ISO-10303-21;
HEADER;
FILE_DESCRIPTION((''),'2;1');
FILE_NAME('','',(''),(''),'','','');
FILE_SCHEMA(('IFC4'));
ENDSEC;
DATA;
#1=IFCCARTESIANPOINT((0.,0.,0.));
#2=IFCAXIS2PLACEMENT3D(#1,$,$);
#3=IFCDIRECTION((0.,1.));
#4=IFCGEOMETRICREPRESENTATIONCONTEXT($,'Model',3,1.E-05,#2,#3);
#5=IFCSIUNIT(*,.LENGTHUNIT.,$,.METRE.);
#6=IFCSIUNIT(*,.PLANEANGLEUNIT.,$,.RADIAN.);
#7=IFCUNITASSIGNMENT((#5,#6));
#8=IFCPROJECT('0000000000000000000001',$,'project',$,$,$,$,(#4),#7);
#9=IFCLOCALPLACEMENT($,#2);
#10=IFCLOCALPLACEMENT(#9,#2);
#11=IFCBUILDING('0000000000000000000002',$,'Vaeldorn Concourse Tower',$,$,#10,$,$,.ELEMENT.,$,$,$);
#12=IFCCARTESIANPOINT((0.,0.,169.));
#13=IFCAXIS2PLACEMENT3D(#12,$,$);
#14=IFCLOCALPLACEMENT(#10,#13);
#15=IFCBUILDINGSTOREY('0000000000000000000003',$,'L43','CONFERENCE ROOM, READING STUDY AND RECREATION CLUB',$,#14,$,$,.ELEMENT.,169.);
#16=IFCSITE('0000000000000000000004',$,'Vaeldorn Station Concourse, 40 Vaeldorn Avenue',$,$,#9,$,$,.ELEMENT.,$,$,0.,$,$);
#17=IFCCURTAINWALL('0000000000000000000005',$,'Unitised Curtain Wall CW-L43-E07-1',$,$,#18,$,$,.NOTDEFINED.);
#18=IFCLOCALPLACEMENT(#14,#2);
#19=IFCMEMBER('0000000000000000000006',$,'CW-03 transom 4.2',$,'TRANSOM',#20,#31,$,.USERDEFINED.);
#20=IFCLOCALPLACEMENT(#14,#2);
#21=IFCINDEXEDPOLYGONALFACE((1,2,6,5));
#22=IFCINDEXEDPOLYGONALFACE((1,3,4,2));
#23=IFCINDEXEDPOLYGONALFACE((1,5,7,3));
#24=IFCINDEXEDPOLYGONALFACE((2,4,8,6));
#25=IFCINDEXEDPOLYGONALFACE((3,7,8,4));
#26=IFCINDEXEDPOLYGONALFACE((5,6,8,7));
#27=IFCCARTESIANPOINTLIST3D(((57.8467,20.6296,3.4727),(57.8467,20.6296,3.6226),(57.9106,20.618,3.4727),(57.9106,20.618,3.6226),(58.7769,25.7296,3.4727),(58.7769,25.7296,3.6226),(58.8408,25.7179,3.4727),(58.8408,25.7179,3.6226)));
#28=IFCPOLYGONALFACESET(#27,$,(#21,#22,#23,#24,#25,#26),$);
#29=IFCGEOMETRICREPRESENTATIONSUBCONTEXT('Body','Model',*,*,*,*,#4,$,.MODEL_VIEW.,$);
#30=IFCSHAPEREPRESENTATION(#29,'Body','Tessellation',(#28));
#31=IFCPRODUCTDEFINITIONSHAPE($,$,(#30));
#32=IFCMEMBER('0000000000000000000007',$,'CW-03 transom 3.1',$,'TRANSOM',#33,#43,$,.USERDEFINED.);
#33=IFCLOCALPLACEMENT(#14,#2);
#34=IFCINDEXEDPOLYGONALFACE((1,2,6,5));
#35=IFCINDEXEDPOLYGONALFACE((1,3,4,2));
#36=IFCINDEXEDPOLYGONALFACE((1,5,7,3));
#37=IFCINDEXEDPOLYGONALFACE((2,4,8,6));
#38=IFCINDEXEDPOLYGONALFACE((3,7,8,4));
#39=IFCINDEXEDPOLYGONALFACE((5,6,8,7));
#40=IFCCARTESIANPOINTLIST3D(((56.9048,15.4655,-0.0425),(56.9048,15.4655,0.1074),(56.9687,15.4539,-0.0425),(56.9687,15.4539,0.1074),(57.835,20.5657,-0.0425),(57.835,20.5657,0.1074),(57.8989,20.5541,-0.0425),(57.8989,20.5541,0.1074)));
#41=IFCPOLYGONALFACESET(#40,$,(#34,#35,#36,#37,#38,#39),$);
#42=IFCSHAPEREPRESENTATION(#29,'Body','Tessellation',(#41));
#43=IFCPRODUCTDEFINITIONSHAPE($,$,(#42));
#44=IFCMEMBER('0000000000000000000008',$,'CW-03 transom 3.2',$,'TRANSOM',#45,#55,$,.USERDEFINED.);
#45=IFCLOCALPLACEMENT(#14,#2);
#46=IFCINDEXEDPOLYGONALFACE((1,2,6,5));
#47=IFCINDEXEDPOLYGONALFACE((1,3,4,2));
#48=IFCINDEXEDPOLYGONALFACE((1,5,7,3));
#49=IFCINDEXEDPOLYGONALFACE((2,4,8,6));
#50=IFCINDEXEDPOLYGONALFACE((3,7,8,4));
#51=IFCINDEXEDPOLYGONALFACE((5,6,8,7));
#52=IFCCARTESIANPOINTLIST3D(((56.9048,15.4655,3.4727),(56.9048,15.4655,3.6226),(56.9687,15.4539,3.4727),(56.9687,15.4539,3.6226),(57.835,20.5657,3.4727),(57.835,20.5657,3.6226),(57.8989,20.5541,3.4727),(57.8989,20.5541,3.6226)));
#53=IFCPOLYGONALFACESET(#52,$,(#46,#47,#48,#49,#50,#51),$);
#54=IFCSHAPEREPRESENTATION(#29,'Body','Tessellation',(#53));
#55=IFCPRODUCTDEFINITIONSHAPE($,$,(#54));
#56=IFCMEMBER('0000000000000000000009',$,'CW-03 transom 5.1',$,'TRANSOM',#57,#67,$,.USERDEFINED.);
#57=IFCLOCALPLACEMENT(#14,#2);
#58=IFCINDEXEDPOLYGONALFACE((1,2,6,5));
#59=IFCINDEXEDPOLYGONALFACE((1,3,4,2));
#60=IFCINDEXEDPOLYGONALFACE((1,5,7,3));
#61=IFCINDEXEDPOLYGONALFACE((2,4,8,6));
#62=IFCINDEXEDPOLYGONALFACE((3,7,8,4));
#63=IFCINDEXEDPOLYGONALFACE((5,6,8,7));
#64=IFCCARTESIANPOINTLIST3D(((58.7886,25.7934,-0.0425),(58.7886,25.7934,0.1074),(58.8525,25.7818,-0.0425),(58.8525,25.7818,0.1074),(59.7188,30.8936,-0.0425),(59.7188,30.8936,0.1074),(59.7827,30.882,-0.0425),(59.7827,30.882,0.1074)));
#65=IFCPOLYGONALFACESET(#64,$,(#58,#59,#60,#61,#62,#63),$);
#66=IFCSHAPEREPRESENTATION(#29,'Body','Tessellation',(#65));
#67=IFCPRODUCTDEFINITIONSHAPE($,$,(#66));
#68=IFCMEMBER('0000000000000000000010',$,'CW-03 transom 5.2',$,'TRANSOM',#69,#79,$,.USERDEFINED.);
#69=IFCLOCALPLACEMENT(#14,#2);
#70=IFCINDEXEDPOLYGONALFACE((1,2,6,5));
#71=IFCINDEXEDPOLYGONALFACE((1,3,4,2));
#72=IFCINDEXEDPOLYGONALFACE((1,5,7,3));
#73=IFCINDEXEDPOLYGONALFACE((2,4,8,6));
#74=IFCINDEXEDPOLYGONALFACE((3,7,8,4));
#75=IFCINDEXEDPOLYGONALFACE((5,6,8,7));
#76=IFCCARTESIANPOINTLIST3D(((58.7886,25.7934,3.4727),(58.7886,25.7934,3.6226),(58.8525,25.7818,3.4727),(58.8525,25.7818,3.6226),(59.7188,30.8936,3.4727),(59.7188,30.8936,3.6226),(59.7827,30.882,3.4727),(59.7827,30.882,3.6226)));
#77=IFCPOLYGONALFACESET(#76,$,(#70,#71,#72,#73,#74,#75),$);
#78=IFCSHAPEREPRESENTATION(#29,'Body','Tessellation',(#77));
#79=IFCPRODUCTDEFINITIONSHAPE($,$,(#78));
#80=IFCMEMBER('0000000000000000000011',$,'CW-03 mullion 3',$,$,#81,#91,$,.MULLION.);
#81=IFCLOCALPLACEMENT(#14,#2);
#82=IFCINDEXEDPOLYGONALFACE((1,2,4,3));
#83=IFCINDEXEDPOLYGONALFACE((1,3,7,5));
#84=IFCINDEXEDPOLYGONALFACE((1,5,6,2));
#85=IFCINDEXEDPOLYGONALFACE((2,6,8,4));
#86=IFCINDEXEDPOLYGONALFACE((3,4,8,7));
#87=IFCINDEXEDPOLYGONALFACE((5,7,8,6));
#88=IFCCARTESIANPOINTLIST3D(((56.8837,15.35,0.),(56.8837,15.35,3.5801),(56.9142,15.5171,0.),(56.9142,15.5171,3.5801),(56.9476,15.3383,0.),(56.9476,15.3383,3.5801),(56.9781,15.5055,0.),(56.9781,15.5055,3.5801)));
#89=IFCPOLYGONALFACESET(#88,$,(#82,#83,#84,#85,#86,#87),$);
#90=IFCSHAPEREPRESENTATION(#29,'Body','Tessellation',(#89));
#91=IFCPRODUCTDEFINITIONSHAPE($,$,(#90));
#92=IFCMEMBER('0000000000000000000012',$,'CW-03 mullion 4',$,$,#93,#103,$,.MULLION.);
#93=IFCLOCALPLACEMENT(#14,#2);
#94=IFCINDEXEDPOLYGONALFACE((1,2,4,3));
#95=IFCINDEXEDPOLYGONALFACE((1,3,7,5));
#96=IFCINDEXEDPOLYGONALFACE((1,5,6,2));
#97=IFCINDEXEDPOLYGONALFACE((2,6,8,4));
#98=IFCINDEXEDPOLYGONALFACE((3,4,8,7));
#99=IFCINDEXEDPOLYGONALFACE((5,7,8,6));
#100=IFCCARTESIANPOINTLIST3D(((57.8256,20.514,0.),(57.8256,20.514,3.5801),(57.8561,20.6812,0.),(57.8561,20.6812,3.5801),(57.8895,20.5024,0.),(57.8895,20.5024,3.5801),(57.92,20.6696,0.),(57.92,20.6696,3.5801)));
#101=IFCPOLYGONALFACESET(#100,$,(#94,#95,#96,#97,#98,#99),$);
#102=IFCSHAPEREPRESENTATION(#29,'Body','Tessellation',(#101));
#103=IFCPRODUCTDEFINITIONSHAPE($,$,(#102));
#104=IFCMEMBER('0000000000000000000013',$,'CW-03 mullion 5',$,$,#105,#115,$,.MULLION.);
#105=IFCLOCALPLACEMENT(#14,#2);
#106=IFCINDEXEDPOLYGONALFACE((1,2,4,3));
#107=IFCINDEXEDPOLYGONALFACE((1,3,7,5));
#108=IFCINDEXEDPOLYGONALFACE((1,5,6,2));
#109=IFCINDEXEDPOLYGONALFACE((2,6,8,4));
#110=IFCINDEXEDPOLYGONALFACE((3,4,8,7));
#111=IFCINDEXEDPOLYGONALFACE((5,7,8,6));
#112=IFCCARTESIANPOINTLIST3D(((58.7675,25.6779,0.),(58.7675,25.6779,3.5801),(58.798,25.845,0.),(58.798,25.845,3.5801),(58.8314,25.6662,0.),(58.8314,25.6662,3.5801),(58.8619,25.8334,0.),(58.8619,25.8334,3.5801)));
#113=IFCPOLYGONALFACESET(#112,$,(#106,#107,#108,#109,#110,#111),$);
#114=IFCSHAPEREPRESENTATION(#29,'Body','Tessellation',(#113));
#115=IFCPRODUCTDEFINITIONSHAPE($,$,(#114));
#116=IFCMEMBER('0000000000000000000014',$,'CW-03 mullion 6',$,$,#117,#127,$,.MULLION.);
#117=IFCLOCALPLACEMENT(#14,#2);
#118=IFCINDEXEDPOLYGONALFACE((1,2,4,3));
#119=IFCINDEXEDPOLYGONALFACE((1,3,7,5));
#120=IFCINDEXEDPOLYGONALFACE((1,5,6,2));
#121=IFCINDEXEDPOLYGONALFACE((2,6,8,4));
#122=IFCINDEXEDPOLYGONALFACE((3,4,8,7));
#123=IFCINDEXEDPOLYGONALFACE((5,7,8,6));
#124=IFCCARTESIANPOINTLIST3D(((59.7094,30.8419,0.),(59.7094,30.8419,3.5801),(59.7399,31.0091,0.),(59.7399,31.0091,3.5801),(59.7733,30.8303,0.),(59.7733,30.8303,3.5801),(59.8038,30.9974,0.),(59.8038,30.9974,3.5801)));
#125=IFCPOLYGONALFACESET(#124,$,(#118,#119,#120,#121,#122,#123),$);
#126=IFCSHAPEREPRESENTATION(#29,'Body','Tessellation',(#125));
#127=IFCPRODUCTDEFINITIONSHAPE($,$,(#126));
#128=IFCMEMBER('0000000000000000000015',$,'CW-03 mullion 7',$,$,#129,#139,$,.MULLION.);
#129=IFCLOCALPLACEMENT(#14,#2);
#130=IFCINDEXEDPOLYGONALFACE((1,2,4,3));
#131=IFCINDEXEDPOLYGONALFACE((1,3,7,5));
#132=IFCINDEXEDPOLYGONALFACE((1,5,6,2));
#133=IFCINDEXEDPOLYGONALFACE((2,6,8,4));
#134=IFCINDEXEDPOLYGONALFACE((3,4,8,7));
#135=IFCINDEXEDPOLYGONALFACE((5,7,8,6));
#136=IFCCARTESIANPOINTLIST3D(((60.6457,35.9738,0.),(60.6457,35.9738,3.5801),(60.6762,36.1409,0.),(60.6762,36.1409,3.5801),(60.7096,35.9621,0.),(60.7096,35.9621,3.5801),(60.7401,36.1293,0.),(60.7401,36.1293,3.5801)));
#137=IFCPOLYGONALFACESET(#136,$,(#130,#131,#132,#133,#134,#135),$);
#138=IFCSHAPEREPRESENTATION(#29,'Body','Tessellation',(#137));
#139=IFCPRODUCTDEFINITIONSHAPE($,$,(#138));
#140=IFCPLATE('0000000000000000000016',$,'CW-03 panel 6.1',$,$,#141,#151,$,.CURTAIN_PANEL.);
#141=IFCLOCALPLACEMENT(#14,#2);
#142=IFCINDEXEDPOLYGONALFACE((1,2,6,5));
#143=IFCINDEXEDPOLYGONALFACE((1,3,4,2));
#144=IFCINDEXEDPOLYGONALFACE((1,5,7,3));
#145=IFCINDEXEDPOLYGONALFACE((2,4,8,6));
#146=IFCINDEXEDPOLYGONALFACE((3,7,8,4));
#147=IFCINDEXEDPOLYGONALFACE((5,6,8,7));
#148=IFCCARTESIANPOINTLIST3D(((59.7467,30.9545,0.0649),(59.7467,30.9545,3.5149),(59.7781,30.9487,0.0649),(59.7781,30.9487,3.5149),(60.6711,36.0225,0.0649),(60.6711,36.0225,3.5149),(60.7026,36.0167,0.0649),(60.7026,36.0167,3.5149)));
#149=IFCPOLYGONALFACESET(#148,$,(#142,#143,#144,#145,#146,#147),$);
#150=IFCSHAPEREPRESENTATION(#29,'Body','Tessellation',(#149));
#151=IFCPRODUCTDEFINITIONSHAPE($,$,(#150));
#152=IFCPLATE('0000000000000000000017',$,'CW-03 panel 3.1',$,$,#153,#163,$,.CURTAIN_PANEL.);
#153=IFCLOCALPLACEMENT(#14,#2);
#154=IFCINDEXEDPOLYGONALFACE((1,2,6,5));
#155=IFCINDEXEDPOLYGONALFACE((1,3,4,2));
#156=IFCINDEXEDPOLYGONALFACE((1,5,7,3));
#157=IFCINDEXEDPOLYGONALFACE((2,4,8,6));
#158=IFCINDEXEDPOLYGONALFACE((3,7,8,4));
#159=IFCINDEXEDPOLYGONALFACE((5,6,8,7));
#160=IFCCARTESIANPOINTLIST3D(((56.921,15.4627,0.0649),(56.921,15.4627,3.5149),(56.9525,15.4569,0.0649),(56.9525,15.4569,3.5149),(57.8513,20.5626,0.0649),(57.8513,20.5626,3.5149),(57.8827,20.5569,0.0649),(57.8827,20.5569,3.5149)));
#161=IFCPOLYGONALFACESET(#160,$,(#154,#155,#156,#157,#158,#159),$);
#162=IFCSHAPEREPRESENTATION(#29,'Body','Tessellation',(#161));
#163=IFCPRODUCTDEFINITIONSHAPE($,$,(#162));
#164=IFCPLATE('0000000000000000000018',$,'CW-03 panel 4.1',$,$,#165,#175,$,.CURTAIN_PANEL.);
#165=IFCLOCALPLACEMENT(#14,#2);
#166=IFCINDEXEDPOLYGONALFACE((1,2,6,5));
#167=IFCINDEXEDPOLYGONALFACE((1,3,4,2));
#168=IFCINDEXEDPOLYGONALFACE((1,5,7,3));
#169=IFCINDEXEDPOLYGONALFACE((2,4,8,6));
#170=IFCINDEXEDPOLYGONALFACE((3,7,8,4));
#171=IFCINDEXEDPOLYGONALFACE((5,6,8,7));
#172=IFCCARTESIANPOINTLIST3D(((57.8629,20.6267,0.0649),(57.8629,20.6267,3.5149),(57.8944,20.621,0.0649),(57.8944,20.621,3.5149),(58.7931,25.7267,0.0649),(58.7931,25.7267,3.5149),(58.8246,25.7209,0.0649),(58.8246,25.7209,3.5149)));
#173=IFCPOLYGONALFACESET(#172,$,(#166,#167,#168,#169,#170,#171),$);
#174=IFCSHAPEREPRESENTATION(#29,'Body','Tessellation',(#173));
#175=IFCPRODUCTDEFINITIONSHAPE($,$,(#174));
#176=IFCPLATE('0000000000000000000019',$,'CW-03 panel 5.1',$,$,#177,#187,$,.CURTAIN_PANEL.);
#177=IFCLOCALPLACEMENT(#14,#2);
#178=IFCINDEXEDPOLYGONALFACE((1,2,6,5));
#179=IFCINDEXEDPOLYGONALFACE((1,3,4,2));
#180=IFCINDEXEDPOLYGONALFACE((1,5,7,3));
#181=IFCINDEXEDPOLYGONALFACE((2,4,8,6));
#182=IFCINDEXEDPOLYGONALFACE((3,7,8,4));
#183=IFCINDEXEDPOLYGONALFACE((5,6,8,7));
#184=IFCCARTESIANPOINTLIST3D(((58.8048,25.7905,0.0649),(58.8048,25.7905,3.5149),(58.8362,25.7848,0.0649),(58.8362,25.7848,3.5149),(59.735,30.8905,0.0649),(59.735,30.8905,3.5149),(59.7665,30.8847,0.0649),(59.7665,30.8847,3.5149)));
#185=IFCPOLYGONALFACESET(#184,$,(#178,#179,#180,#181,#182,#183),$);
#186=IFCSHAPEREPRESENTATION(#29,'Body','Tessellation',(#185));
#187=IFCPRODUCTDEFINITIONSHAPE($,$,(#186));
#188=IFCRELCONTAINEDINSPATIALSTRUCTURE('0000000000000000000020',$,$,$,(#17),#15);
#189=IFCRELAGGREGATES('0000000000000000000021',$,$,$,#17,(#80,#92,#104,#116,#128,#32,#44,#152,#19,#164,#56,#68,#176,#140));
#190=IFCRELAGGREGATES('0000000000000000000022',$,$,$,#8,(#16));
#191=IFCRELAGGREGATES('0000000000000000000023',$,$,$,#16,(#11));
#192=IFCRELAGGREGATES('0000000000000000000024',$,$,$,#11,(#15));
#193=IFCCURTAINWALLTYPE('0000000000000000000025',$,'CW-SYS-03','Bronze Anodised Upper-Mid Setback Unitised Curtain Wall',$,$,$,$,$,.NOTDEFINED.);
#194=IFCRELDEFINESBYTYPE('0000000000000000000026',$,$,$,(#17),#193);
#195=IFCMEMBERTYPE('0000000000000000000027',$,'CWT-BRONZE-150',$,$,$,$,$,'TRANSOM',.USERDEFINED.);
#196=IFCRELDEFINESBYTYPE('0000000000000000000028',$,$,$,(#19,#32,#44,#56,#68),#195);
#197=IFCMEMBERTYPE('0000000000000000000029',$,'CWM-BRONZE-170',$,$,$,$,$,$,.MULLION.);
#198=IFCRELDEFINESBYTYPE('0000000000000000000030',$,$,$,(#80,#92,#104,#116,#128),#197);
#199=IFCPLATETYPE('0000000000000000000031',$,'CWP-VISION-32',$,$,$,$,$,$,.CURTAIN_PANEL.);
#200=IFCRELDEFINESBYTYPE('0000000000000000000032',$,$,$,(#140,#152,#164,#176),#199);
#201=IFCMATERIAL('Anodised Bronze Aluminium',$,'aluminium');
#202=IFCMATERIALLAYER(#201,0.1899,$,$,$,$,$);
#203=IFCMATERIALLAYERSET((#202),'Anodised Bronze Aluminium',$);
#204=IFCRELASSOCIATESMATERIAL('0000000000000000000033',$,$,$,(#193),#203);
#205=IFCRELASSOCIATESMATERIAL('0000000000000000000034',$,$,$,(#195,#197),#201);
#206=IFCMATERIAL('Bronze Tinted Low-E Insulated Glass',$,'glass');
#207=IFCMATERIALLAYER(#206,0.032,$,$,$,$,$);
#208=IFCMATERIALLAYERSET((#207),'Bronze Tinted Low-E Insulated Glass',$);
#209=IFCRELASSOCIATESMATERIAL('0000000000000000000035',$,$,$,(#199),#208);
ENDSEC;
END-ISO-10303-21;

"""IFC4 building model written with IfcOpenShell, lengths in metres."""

from ifc_helpers import new_model, si_unit, direction, frame, origin, origin_2d, place, context, subcontext, project, spatial, rectangle, extrude, source, transform, mapped, material, layer, layer_set, material_profile, profile_set, type_object, element, aggregate, save


model = new_model("IFC4")

# Units and contexts
model_context = context("Model", 3, precision=1e-05, world=origin(), true_north=direction((0.0, 1.0)))
body_context = subcontext(model_context, "Body", "Model", "MODEL_VIEW")
ifc_project = project(units=[si_unit("LENGTHUNIT", "METRE"), si_unit("PLANEANGLEUNIT", "RADIAN")], contexts=[model_context])

# Site, building, storey
site_placement = place(None, origin())
site = spatial("IfcSite", under=ifc_project, at=site_placement, Name="Vaeldorn Station Concourse, 40 Vaeldorn Avenue", CompositionType="ELEMENT", RefElevation=0.0)
building_placement = place(site_placement, origin())
building = spatial("IfcBuilding", under=site, at=building_placement, Name="Vaeldorn Concourse Tower", CompositionType="ELEMENT")
storey_placement = place(building_placement, frame((0.0, 0.0, 169.0)))
storey = spatial("IfcBuildingStorey", under=building, at=storey_placement, Name="L43", Description="CONFERENCE ROOM, READING STUDY AND RECREATION CLUB", CompositionType="ELEMENT", Elevation=169.0)

# Curtain wall, members, plates
ifc_material_1 = material(Name="Anodised Bronze Aluminium", Category="aluminium")
ifc_layer_1 = layer(ifc_material_1, 0.1899)
ifc_layer_set_1 = layer_set([ifc_layer_1], Name="Anodised Bronze Aluminium")
curtain_wall_type = type_object("IfcCurtainWallType", Name="CW-SYS-03", Description="Bronze Anodised Upper-Mid Setback Unitised Curtain Wall", PredefinedType="NOTDEFINED", material=ifc_layer_set_1)
curtain_wall_placement = place(storey_placement, origin())
curtain_wall = element("IfcCurtainWall", 1, at=curtain_wall_placement, inside=storey, type_object=curtain_wall_type, Name="Unitised Curtain Wall CW-L43-E07-1", PredefinedType="NOTDEFINED")
ifc_material_profile_1 = material_profile(ifc_material_1, rectangle(XDim=0.0649, YDim=0.1499, at=origin_2d()), Name="CWT 65x150")
ifc_profile_set_1 = profile_set([ifc_material_profile_1], Name="Anodised Bronze Aluminium")
member_type_1 = type_object("IfcMemberType", Name="CWT-BRONZE-150", ElementType="TRANSOM", PredefinedType="USERDEFINED", material=ifc_profile_set_1)
shared_shape_1 = source(origin(), body_context, "Body", "SweptSolid", [
    extrude(rectangle(XDim=0.0649, YDim=0.1499, at=origin_2d()), origin(), (0.0, 0.0, 1.0), 5.1841),
])
member_1_placement = place(storey_placement, frame((57.8787, 20.6238, 3.5476), z_axis=(0.179432, 0.98377, 0.0), x_axis=(-0.98377, 0.179432, 0.0)))
member_1 = element("IfcMember", 2, at=member_1_placement, type_object=member_type_1, Name="CW-03 transom 4.2", ObjectType="TRANSOM", PredefinedType="USERDEFINED", context=body_context, shape_type="MappedRepresentation", body=[
    mapped(shared_shape_1, transform((0.0, 0.0, 0.0), scale=1.0)),
])
shared_shape_2 = source(origin(), body_context, "Body", "SweptSolid", [
    extrude(rectangle(XDim=0.0649, YDim=0.1499, at=origin_2d()), origin(), (0.0, 0.0, 1.0), 5.1843),
])
member_2_placement = place(storey_placement, frame((56.9368, 15.4597, 0.0325), z_axis=(0.179424, 0.983772, 0.0), x_axis=(-0.983772, 0.179424, 0.0)))
member_2 = element("IfcMember", 3, at=member_2_placement, type_object=member_type_1, Name="CW-03 transom 3.1", ObjectType="TRANSOM", PredefinedType="USERDEFINED", context=body_context, shape_type="MappedRepresentation", body=[
    mapped(shared_shape_2, transform((0.0, 0.0, 0.0), scale=1.0)),
])
member_3_placement = place(storey_placement, frame((56.9368, 15.4597, 3.5476), z_axis=(0.179424, 0.983772, 0.0), x_axis=(-0.983772, 0.179424, 0.0)))
member_3 = element("IfcMember", 4, at=member_3_placement, type_object=member_type_1, Name="CW-03 transom 3.2", ObjectType="TRANSOM", PredefinedType="USERDEFINED", context=body_context, shape_type="MappedRepresentation", body=[
    mapped(shared_shape_2, transform((0.0, 0.0, 0.0), scale=1.0)),
])
member_4_placement = place(storey_placement, frame((58.8206, 25.7876, 0.0325), z_axis=(0.179424, 0.983772, 0.0), x_axis=(-0.983772, 0.179424, 0.0)))
member_4 = element("IfcMember", 5, at=member_4_placement, type_object=member_type_1, Name="CW-03 transom 5.1", ObjectType="TRANSOM", PredefinedType="USERDEFINED", context=body_context, shape_type="MappedRepresentation", body=[
    mapped(shared_shape_2, transform((0.0, 0.0, 0.0), scale=1.0)),
])
member_5_placement = place(storey_placement, frame((58.8206, 25.7876, 3.5476), z_axis=(0.179424, 0.983772, 0.0), x_axis=(-0.983772, 0.179424, 0.0)))
member_5 = element("IfcMember", 6, at=member_5_placement, type_object=member_type_1, Name="CW-03 transom 5.2", ObjectType="TRANSOM", PredefinedType="USERDEFINED", context=body_context, shape_type="MappedRepresentation", body=[
    mapped(shared_shape_2, transform((0.0, 0.0, 0.0), scale=1.0)),
])
ifc_material_profile_2 = material_profile(ifc_material_1, rectangle(XDim=0.0649, YDim=0.1699, at=origin_2d()), Name="CWM 65x170")
ifc_profile_set_2 = profile_set([ifc_material_profile_2], Name="Anodised Bronze Aluminium")
member_type_2 = type_object("IfcMemberType", Name="CWM-BRONZE-170", PredefinedType="MULLION", material=ifc_profile_set_2)
shared_shape_3 = source(origin(), body_context, "Body", "SweptSolid", [
    extrude(rectangle(XDim=0.0649, YDim=0.1699, at=origin_2d()), origin(), (0.0, 0.0, 1.0), 3.5801),
])
member_6_placement = place(storey_placement, frame((56.9309, 15.4277, 0.0), z_axis=(0.0, 0.0, 1.0), x_axis=(-0.983768, 0.179446, 0.0)))
member_6 = element("IfcMember", 7, at=member_6_placement, type_object=member_type_2, Name="CW-03 mullion 3", PredefinedType="MULLION", context=body_context, shape_type="MappedRepresentation", body=[
    mapped(shared_shape_3, transform((0.0, 0.0, 0.0), scale=1.0)),
])
member_7_placement = place(storey_placement, frame((57.8728, 20.5918, 0.0), z_axis=(0.0, 0.0, 1.0), x_axis=(-0.983768, 0.179446, 0.0)))
member_7 = element("IfcMember", 8, at=member_7_placement, type_object=member_type_2, Name="CW-03 mullion 4", PredefinedType="MULLION", context=body_context, shape_type="MappedRepresentation", body=[
    mapped(shared_shape_3, transform((0.0, 0.0, 0.0), scale=1.0)),
])
member_8_placement = place(storey_placement, frame((58.8147, 25.7556, 0.0), z_axis=(0.0, 0.0, 1.0), x_axis=(-0.983768, 0.179446, 0.0)))
member_8 = element("IfcMember", 9, at=member_8_placement, type_object=member_type_2, Name="CW-03 mullion 5", PredefinedType="MULLION", context=body_context, shape_type="MappedRepresentation", body=[
    mapped(shared_shape_3, transform((0.0, 0.0, 0.0), scale=1.0)),
])
member_9_placement = place(storey_placement, frame((59.7566, 30.9197, 0.0), z_axis=(0.0, 0.0, 1.0), x_axis=(-0.983768, 0.179446, 0.0)))
member_9 = element("IfcMember", 10, at=member_9_placement, type_object=member_type_2, Name="CW-03 mullion 6", PredefinedType="MULLION", context=body_context, shape_type="MappedRepresentation", body=[
    mapped(shared_shape_3, transform((0.0, 0.0, 0.0), scale=1.0)),
])
member_10_placement = place(storey_placement, frame((60.6929, 36.0515, 0.0), z_axis=(0.0, 0.0, 1.0), x_axis=(-0.983768, 0.179446, 0.0)))
member_10 = element("IfcMember", 11, at=member_10_placement, type_object=member_type_2, Name="CW-03 mullion 7", PredefinedType="MULLION", context=body_context, shape_type="MappedRepresentation", body=[
    mapped(shared_shape_3, transform((0.0, 0.0, 0.0), scale=1.0)),
])
ifc_material_2 = material(Name="Bronze Tinted Low-E Insulated Glass", Category="glass")
ifc_layer_2 = layer(ifc_material_2, 0.032)
ifc_layer_set_2 = layer_set([ifc_layer_2], Name="Bronze Tinted Low-E Insulated Glass")
plate_type = type_object("IfcPlateType", Name="CWP-VISION-32", PredefinedType="CURTAIN_PANEL", material=ifc_layer_set_2)
shared_shape_4 = source(origin(), body_context, "Body", "SweptSolid", [
    extrude(rectangle(XDim=5.1516, YDim=0.032, at=origin_2d()), origin(), (0.0, 0.0, 1.0), 3.45),
])
plate_1_placement = place(storey_placement, frame((60.2246, 33.4856, 0.0649), z_axis=(0.0, 0.0, 1.0), x_axis=(0.179446, 0.983768, 0.0)))
plate_1 = element("IfcPlate", 12, at=plate_1_placement, type_object=plate_type, Name="CW-03 panel 6.1", PredefinedType="CURTAIN_PANEL", context=body_context, shape_type="MappedRepresentation", body=[
    mapped(shared_shape_4, transform((0.0, 0.0, 0.0), scale=1.0)),
])
shared_shape_5 = source(origin(), body_context, "Body", "SweptSolid", [
    extrude(rectangle(XDim=5.1841, YDim=0.032, at=origin_2d()), origin(), (0.0, 0.0, 1.0), 3.45),
])
plate_2_placement = place(storey_placement, frame((57.4019, 18.0098, 0.0649), z_axis=(0.0, 0.0, 1.0), x_axis=(0.179446, 0.983768, 0.0)))
plate_2 = element("IfcPlate", 13, at=plate_2_placement, type_object=plate_type, Name="CW-03 panel 3.1", PredefinedType="CURTAIN_PANEL", context=body_context, shape_type="MappedRepresentation", body=[
    mapped(shared_shape_5, transform((0.0, 0.0, 0.0), scale=1.0)),
])
plate_3_placement = place(storey_placement, frame((58.3438, 23.1738, 0.0649), z_axis=(0.0, 0.0, 1.0), x_axis=(0.179446, 0.983768, 0.0)))
plate_3 = element("IfcPlate", 14, at=plate_3_placement, type_object=plate_type, Name="CW-03 panel 4.1", PredefinedType="CURTAIN_PANEL", context=body_context, shape_type="MappedRepresentation", body=[
    mapped(shared_shape_5, transform((0.0, 0.0, 0.0), scale=1.0)),
])
plate_4_placement = place(storey_placement, frame((59.2856, 28.3376, 0.0649), z_axis=(0.0, 0.0, 1.0), x_axis=(0.179446, 0.983768, 0.0)))
plate_4 = element("IfcPlate", 15, at=plate_4_placement, type_object=plate_type, Name="CW-03 panel 5.1", PredefinedType="CURTAIN_PANEL", context=body_context, shape_type="MappedRepresentation", body=[
    mapped(shared_shape_5, transform((0.0, 0.0, 0.0), scale=1.0)),
])
aggregate(curtain_wall, [member_6, member_7, member_8, member_9, member_10, member_2, member_3, plate_2, member_1, plate_3, member_4, member_5, plate_4, plate_1])

save(model, "model.ifc")
